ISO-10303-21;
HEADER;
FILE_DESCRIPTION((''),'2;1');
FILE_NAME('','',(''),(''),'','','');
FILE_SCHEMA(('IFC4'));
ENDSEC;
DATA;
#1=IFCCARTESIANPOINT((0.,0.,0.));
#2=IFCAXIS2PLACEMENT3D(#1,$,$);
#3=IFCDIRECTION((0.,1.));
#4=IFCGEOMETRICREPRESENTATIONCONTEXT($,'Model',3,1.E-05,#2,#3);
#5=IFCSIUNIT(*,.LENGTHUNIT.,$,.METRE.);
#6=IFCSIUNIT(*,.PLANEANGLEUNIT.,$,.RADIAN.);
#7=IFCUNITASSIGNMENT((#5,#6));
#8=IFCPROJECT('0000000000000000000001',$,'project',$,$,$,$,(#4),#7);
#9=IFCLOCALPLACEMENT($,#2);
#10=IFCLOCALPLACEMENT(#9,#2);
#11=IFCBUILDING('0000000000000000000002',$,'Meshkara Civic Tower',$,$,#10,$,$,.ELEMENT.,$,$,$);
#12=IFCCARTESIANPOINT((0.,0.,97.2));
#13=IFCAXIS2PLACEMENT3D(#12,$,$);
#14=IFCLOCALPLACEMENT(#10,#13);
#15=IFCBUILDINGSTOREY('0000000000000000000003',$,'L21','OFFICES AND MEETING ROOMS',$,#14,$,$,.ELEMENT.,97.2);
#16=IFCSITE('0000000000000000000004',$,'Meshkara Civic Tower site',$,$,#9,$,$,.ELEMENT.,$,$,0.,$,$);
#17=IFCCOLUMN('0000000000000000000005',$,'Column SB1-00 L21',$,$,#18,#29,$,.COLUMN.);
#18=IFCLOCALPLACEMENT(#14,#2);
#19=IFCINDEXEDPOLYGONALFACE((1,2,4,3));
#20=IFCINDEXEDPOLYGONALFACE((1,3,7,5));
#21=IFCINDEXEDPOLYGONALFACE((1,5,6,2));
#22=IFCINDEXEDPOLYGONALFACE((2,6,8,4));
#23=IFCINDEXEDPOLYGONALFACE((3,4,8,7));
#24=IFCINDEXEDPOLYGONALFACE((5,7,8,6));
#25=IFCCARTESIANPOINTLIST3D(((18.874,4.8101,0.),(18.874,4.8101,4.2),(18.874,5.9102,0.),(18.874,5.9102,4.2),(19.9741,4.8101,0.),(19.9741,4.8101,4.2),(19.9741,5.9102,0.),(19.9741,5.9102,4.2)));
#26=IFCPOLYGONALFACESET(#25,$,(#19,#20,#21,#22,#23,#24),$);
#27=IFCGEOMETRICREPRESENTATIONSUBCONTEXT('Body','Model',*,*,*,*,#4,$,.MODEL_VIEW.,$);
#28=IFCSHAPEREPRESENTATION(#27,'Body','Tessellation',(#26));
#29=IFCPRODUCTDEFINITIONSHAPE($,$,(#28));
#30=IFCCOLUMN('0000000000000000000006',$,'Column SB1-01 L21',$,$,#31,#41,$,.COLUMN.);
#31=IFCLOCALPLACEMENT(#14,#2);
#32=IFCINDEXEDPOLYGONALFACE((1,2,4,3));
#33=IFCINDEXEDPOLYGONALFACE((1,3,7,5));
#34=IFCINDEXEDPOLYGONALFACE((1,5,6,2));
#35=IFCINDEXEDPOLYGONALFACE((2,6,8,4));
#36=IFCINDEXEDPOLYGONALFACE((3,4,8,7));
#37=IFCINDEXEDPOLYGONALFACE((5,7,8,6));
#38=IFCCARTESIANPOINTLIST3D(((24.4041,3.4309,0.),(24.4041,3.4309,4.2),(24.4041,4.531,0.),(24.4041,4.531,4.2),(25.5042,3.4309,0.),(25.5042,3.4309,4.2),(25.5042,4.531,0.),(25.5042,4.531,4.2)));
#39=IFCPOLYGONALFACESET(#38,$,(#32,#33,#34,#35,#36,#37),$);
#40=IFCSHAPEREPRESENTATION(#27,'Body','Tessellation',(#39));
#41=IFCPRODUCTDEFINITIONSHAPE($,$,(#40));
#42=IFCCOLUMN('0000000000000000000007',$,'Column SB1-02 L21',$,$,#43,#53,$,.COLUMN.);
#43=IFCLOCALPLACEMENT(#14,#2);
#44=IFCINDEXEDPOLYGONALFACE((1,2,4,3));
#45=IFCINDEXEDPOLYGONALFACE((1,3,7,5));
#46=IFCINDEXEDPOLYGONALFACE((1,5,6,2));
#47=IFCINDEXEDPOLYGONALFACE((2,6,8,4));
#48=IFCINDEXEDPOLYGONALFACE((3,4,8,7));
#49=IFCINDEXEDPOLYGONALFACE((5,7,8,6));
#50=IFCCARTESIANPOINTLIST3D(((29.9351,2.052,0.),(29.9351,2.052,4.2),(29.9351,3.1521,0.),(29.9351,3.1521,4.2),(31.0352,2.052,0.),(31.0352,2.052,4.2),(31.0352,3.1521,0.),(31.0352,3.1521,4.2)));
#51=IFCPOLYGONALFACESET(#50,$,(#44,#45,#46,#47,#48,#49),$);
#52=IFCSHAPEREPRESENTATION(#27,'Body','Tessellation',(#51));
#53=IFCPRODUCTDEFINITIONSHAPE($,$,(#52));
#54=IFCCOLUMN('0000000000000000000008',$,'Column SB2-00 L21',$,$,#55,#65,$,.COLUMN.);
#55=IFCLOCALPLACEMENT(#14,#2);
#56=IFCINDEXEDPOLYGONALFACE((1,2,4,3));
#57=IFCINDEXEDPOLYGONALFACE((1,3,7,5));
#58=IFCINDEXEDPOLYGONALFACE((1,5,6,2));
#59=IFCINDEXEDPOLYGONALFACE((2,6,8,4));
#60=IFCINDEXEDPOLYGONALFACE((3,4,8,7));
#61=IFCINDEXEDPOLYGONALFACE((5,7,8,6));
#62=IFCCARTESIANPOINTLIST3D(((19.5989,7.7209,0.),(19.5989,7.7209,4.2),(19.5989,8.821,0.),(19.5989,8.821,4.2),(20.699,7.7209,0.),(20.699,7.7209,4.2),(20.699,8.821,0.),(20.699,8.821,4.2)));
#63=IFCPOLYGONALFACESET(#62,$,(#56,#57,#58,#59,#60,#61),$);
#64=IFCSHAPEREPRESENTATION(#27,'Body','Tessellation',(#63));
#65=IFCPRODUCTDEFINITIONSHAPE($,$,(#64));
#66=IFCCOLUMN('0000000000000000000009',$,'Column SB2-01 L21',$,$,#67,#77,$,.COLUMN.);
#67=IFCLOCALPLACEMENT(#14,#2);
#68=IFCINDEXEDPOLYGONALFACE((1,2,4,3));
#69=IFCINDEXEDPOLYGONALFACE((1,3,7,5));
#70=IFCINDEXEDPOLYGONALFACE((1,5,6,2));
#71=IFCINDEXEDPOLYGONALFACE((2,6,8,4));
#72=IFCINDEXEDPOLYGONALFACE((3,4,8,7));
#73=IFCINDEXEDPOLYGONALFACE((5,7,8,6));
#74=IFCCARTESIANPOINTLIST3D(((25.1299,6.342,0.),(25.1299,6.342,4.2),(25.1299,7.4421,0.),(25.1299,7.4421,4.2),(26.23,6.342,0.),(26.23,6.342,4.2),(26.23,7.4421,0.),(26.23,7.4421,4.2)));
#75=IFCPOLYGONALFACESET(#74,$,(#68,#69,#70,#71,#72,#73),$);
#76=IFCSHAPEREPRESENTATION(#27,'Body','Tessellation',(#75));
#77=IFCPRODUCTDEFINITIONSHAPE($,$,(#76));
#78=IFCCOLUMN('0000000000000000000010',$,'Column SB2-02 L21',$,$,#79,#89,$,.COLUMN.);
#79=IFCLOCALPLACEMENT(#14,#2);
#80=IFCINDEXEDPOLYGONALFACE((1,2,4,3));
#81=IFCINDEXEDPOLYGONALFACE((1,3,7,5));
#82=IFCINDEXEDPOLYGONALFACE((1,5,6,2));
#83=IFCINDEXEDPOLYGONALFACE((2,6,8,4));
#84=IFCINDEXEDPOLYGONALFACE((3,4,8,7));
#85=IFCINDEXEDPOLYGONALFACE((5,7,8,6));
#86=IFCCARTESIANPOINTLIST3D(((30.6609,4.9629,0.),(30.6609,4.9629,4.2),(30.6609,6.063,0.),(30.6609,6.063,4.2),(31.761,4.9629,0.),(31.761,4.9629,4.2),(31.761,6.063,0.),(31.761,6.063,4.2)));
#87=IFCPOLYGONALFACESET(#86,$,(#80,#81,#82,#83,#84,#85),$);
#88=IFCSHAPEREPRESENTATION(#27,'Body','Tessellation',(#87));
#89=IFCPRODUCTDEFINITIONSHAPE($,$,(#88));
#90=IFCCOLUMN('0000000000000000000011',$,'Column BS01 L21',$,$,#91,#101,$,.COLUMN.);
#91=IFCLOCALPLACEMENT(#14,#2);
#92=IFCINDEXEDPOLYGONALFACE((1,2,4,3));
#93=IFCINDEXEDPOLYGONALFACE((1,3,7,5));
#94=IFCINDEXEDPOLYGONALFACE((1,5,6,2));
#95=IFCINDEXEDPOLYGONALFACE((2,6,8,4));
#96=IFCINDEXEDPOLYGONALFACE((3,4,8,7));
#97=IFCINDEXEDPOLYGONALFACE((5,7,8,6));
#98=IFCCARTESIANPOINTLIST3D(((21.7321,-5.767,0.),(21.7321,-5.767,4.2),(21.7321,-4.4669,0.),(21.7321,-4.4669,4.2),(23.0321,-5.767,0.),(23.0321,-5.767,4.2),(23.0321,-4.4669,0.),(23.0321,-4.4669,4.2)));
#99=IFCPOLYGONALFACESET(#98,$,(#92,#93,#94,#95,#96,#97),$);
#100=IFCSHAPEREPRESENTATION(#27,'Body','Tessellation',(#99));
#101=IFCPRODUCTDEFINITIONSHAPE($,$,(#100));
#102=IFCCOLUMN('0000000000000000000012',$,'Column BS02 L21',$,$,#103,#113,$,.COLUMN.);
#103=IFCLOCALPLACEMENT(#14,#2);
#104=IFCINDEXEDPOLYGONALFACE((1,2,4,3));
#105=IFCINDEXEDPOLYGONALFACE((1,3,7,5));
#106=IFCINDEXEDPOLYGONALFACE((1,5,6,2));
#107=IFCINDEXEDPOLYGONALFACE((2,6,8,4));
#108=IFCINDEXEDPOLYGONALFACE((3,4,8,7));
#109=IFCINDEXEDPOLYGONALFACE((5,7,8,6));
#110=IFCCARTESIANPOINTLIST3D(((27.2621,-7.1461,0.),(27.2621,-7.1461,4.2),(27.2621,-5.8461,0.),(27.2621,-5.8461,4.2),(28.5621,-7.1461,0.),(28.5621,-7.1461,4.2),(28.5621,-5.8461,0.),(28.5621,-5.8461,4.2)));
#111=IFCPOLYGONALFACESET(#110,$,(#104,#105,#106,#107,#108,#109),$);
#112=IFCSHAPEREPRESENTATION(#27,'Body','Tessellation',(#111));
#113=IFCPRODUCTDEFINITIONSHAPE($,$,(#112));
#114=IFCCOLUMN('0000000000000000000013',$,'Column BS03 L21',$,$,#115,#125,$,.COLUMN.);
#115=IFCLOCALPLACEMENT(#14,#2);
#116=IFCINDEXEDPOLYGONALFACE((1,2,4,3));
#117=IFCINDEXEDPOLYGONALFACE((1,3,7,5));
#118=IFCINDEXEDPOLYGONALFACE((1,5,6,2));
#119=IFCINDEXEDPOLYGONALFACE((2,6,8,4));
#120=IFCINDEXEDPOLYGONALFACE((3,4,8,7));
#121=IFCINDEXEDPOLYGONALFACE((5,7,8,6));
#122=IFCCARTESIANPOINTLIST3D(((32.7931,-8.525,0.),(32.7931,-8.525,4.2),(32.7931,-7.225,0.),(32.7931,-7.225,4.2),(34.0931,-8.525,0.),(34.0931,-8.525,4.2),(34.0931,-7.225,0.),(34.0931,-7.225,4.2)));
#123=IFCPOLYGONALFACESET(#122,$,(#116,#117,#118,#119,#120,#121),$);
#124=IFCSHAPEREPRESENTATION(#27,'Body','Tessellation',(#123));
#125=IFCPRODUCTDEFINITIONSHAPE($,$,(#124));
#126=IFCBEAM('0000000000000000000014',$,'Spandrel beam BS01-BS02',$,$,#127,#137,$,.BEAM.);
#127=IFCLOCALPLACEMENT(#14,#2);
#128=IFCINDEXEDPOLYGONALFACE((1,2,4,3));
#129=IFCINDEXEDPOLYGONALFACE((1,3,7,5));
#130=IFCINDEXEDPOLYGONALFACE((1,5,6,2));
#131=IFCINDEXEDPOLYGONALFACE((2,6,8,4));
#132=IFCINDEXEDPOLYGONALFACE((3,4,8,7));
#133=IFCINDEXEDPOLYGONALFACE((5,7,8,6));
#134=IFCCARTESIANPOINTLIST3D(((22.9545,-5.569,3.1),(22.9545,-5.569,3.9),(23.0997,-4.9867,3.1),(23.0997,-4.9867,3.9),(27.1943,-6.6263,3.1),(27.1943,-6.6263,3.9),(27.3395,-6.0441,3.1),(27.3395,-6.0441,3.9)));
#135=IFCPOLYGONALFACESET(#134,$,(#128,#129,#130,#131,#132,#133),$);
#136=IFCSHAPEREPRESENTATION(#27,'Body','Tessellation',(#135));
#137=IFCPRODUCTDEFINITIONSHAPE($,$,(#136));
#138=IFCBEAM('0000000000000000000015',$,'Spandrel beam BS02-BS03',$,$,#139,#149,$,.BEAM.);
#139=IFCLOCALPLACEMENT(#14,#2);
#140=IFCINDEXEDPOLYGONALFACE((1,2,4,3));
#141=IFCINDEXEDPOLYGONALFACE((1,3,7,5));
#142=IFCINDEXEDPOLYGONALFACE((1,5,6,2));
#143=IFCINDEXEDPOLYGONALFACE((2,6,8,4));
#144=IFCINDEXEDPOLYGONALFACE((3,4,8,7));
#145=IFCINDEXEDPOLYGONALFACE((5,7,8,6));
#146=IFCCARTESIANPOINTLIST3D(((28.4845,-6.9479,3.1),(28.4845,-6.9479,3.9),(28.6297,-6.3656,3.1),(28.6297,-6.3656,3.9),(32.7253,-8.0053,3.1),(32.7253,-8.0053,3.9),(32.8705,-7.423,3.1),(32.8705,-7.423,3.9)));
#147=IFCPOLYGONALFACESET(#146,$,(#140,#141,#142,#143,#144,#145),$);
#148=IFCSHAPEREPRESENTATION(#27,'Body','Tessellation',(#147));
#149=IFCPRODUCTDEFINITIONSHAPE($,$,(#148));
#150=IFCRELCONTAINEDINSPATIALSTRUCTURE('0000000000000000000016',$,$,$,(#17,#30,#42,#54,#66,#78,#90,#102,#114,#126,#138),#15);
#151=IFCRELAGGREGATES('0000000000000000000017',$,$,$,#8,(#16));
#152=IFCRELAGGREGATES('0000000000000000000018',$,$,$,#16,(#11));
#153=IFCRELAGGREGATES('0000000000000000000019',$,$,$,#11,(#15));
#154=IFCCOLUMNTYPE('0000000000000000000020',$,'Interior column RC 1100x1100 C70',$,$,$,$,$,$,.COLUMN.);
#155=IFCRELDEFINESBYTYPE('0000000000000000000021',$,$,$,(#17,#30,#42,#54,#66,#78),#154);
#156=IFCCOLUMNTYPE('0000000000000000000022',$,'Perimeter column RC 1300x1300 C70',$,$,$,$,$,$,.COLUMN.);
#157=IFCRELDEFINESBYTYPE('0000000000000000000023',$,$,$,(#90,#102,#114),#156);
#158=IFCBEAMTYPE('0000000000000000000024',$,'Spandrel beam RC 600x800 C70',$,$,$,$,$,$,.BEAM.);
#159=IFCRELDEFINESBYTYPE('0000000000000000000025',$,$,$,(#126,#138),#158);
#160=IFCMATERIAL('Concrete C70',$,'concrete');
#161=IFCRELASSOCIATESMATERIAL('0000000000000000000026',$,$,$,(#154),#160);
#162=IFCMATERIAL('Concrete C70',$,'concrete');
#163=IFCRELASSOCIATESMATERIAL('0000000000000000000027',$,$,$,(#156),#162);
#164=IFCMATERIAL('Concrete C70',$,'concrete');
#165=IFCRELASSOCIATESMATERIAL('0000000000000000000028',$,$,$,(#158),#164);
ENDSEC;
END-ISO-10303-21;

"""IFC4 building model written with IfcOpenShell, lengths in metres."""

from ifc_helpers import new_model, si_unit, direction, frame, origin, origin_2d, place, context, subcontext, project, spatial, rectangle, extrude, material, material_profile, profile_set, type_object, element, save


model = new_model("IFC4")

# Units and contexts
model_context = context("Model", 3, precision=1e-05, world=origin(), true_north=direction((0.0, 1.0)))
body_context = subcontext(model_context, "Body", "Model", "MODEL_VIEW")
ifc_project = project(units=[si_unit("LENGTHUNIT", "METRE"), si_unit("PLANEANGLEUNIT", "RADIAN")], contexts=[model_context])

# Site, building, storey
site_placement = place(None, origin())
site = spatial("IfcSite", under=ifc_project, at=site_placement, Name="Meshkara Civic Tower site", CompositionType="ELEMENT", RefElevation=0.0)
building_placement = place(site_placement, origin())
building = spatial("IfcBuilding", under=site, at=building_placement, Name="Meshkara Civic Tower", CompositionType="ELEMENT")
storey_placement = place(building_placement, frame((0.0, 0.0, 97.2)))
storey = spatial("IfcBuildingStorey", under=building, at=storey_placement, Name="L21", Description="OFFICES AND MEETING ROOMS", CompositionType="ELEMENT", Elevation=97.2)

# Columns
ifc_material_1 = material(Name="Concrete C70", Category="concrete")
ifc_material_profile_1 = material_profile(ifc_material_1, rectangle(XDim=1.1001, YDim=1.1001, at=origin_2d()))
ifc_profile_set_1 = profile_set([ifc_material_profile_1], Name="Concrete C70")
column_type_1 = type_object("IfcColumnType", Name="Interior column RC 1100x1100 C70", PredefinedType="COLUMN", material=ifc_profile_set_1)
for number, where, z_axis, x_axis, name in (
    (1, (19.4241, 5.3601, 0.0), (0.0, 0.0, 1.0), (1.0, 0.0, 0.0), "Column SB1-00 L21"),
    (2, (24.9541, 3.981, 0.0), (0.0, 0.0, 1.0), (1.0, 0.0, 0.0), "Column SB1-01 L21"),
    (3, (30.4851, 2.6021, 0.0), (0.0, 0.0, 1.0), (1.0, 0.0, 0.0), "Column SB1-02 L21"),
    (4, (20.1489, 8.271, 0.0), (0.0, 0.0, 1.0), (1.0, 0.0, 0.0), "Column SB2-00 L21"),
    (5, (25.6799, 6.8921, 0.0), (0.0, 0.0, 1.0), (1.0, 0.0, 0.0), "Column SB2-01 L21"),
    (6, (31.2109, 5.5129, 0.0), (0.0, 0.0, 1.0), (1.0, 0.0, 0.0), "Column SB2-02 L21"),
):
    element("IfcColumn", number, at=place(storey_placement, frame(where, z_axis=z_axis, x_axis=x_axis)), inside=storey, type_object=column_type_1, Name=name, PredefinedType="COLUMN", context=body_context, shape_type="SweptSolid", body=[
        extrude(rectangle(XDim=1.1001, YDim=1.1001, at=origin_2d()), origin(), (0.0, 0.0, 1.0), 4.2),
    ])
ifc_material_2 = material(Name="Concrete C70", Category="concrete")
ifc_material_profile_2 = material_profile(ifc_material_2, rectangle(XDim=1.3, YDim=1.3, at=origin_2d()))
ifc_profile_set_2 = profile_set([ifc_material_profile_2], Name="Concrete C70")
column_type_2 = type_object("IfcColumnType", Name="Perimeter column RC 1300x1300 C70", PredefinedType="COLUMN", material=ifc_profile_set_2)
for number, where, z_axis, x_axis, name in (
    (7, (22.3821, -5.1169, 0.0), (0.0, 0.0, 1.0), (1.0, 0.0, 0.0), "Column BS01 L21"),
    (8, (27.9121, -6.4961, 0.0), (0.0, 0.0, 1.0), (1.0, 0.0, 0.0), "Column BS02 L21"),
    (9, (33.4431, -7.875, 0.0), (0.0, 0.0, 1.0), (1.0, 0.0, 0.0), "Column BS03 L21"),
):
    element("IfcColumn", number, at=place(storey_placement, frame(where, z_axis=z_axis, x_axis=x_axis)), inside=storey, type_object=column_type_2, Name=name, PredefinedType="COLUMN", context=body_context, shape_type="SweptSolid", body=[
        extrude(rectangle(XDim=1.3, YDim=1.3, at=origin_2d()), origin(), (0.0, 0.0, 1.0), 4.2),
    ])

# Beams
ifc_material_3 = material(Name="Concrete C70", Category="concrete")
ifc_material_profile_3 = material_profile(ifc_material_3, rectangle(XDim=0.6001, YDim=0.8, at=origin_2d()))
ifc_profile_set_3 = profile_set([ifc_material_profile_3], Name="Concrete C70")
beam_type = type_object("IfcBeamType", Name="Spandrel beam RC 600x800 C70", PredefinedType="BEAM", material=ifc_profile_set_3)
beam_1_placement = place(storey_placement, frame((23.0271, -5.2778, 3.5), z_axis=(0.97028, -0.241983, 0.0), x_axis=(0.241983, 0.97028, 0.0)))
element("IfcBeam", 10, at=beam_1_placement, inside=storey, type_object=beam_type, Name="Spandrel beam BS01-BS02", PredefinedType="BEAM", context=body_context, shape_type="SweptSolid", body=[
    extrude(rectangle(XDim=0.6001, YDim=0.8, at=origin_2d()), origin(), (0.0, 0.0, 1.0), 4.3696),
])
beam_2_placement = place(storey_placement, frame((28.5571, -6.6567, 3.5), z_axis=(0.970293, -0.241931, 0.0), x_axis=(0.241931, 0.970293, 0.0)))
element("IfcBeam", 11, at=beam_2_placement, inside=storey, type_object=beam_type, Name="Spandrel beam BS02-BS03", PredefinedType="BEAM", context=body_context, shape_type="SweptSolid", body=[
    extrude(rectangle(XDim=0.6001, YDim=0.8, at=origin_2d()), origin(), (0.0, 0.0, 1.0), 4.3706),
])

save(model, "model.ifc")
